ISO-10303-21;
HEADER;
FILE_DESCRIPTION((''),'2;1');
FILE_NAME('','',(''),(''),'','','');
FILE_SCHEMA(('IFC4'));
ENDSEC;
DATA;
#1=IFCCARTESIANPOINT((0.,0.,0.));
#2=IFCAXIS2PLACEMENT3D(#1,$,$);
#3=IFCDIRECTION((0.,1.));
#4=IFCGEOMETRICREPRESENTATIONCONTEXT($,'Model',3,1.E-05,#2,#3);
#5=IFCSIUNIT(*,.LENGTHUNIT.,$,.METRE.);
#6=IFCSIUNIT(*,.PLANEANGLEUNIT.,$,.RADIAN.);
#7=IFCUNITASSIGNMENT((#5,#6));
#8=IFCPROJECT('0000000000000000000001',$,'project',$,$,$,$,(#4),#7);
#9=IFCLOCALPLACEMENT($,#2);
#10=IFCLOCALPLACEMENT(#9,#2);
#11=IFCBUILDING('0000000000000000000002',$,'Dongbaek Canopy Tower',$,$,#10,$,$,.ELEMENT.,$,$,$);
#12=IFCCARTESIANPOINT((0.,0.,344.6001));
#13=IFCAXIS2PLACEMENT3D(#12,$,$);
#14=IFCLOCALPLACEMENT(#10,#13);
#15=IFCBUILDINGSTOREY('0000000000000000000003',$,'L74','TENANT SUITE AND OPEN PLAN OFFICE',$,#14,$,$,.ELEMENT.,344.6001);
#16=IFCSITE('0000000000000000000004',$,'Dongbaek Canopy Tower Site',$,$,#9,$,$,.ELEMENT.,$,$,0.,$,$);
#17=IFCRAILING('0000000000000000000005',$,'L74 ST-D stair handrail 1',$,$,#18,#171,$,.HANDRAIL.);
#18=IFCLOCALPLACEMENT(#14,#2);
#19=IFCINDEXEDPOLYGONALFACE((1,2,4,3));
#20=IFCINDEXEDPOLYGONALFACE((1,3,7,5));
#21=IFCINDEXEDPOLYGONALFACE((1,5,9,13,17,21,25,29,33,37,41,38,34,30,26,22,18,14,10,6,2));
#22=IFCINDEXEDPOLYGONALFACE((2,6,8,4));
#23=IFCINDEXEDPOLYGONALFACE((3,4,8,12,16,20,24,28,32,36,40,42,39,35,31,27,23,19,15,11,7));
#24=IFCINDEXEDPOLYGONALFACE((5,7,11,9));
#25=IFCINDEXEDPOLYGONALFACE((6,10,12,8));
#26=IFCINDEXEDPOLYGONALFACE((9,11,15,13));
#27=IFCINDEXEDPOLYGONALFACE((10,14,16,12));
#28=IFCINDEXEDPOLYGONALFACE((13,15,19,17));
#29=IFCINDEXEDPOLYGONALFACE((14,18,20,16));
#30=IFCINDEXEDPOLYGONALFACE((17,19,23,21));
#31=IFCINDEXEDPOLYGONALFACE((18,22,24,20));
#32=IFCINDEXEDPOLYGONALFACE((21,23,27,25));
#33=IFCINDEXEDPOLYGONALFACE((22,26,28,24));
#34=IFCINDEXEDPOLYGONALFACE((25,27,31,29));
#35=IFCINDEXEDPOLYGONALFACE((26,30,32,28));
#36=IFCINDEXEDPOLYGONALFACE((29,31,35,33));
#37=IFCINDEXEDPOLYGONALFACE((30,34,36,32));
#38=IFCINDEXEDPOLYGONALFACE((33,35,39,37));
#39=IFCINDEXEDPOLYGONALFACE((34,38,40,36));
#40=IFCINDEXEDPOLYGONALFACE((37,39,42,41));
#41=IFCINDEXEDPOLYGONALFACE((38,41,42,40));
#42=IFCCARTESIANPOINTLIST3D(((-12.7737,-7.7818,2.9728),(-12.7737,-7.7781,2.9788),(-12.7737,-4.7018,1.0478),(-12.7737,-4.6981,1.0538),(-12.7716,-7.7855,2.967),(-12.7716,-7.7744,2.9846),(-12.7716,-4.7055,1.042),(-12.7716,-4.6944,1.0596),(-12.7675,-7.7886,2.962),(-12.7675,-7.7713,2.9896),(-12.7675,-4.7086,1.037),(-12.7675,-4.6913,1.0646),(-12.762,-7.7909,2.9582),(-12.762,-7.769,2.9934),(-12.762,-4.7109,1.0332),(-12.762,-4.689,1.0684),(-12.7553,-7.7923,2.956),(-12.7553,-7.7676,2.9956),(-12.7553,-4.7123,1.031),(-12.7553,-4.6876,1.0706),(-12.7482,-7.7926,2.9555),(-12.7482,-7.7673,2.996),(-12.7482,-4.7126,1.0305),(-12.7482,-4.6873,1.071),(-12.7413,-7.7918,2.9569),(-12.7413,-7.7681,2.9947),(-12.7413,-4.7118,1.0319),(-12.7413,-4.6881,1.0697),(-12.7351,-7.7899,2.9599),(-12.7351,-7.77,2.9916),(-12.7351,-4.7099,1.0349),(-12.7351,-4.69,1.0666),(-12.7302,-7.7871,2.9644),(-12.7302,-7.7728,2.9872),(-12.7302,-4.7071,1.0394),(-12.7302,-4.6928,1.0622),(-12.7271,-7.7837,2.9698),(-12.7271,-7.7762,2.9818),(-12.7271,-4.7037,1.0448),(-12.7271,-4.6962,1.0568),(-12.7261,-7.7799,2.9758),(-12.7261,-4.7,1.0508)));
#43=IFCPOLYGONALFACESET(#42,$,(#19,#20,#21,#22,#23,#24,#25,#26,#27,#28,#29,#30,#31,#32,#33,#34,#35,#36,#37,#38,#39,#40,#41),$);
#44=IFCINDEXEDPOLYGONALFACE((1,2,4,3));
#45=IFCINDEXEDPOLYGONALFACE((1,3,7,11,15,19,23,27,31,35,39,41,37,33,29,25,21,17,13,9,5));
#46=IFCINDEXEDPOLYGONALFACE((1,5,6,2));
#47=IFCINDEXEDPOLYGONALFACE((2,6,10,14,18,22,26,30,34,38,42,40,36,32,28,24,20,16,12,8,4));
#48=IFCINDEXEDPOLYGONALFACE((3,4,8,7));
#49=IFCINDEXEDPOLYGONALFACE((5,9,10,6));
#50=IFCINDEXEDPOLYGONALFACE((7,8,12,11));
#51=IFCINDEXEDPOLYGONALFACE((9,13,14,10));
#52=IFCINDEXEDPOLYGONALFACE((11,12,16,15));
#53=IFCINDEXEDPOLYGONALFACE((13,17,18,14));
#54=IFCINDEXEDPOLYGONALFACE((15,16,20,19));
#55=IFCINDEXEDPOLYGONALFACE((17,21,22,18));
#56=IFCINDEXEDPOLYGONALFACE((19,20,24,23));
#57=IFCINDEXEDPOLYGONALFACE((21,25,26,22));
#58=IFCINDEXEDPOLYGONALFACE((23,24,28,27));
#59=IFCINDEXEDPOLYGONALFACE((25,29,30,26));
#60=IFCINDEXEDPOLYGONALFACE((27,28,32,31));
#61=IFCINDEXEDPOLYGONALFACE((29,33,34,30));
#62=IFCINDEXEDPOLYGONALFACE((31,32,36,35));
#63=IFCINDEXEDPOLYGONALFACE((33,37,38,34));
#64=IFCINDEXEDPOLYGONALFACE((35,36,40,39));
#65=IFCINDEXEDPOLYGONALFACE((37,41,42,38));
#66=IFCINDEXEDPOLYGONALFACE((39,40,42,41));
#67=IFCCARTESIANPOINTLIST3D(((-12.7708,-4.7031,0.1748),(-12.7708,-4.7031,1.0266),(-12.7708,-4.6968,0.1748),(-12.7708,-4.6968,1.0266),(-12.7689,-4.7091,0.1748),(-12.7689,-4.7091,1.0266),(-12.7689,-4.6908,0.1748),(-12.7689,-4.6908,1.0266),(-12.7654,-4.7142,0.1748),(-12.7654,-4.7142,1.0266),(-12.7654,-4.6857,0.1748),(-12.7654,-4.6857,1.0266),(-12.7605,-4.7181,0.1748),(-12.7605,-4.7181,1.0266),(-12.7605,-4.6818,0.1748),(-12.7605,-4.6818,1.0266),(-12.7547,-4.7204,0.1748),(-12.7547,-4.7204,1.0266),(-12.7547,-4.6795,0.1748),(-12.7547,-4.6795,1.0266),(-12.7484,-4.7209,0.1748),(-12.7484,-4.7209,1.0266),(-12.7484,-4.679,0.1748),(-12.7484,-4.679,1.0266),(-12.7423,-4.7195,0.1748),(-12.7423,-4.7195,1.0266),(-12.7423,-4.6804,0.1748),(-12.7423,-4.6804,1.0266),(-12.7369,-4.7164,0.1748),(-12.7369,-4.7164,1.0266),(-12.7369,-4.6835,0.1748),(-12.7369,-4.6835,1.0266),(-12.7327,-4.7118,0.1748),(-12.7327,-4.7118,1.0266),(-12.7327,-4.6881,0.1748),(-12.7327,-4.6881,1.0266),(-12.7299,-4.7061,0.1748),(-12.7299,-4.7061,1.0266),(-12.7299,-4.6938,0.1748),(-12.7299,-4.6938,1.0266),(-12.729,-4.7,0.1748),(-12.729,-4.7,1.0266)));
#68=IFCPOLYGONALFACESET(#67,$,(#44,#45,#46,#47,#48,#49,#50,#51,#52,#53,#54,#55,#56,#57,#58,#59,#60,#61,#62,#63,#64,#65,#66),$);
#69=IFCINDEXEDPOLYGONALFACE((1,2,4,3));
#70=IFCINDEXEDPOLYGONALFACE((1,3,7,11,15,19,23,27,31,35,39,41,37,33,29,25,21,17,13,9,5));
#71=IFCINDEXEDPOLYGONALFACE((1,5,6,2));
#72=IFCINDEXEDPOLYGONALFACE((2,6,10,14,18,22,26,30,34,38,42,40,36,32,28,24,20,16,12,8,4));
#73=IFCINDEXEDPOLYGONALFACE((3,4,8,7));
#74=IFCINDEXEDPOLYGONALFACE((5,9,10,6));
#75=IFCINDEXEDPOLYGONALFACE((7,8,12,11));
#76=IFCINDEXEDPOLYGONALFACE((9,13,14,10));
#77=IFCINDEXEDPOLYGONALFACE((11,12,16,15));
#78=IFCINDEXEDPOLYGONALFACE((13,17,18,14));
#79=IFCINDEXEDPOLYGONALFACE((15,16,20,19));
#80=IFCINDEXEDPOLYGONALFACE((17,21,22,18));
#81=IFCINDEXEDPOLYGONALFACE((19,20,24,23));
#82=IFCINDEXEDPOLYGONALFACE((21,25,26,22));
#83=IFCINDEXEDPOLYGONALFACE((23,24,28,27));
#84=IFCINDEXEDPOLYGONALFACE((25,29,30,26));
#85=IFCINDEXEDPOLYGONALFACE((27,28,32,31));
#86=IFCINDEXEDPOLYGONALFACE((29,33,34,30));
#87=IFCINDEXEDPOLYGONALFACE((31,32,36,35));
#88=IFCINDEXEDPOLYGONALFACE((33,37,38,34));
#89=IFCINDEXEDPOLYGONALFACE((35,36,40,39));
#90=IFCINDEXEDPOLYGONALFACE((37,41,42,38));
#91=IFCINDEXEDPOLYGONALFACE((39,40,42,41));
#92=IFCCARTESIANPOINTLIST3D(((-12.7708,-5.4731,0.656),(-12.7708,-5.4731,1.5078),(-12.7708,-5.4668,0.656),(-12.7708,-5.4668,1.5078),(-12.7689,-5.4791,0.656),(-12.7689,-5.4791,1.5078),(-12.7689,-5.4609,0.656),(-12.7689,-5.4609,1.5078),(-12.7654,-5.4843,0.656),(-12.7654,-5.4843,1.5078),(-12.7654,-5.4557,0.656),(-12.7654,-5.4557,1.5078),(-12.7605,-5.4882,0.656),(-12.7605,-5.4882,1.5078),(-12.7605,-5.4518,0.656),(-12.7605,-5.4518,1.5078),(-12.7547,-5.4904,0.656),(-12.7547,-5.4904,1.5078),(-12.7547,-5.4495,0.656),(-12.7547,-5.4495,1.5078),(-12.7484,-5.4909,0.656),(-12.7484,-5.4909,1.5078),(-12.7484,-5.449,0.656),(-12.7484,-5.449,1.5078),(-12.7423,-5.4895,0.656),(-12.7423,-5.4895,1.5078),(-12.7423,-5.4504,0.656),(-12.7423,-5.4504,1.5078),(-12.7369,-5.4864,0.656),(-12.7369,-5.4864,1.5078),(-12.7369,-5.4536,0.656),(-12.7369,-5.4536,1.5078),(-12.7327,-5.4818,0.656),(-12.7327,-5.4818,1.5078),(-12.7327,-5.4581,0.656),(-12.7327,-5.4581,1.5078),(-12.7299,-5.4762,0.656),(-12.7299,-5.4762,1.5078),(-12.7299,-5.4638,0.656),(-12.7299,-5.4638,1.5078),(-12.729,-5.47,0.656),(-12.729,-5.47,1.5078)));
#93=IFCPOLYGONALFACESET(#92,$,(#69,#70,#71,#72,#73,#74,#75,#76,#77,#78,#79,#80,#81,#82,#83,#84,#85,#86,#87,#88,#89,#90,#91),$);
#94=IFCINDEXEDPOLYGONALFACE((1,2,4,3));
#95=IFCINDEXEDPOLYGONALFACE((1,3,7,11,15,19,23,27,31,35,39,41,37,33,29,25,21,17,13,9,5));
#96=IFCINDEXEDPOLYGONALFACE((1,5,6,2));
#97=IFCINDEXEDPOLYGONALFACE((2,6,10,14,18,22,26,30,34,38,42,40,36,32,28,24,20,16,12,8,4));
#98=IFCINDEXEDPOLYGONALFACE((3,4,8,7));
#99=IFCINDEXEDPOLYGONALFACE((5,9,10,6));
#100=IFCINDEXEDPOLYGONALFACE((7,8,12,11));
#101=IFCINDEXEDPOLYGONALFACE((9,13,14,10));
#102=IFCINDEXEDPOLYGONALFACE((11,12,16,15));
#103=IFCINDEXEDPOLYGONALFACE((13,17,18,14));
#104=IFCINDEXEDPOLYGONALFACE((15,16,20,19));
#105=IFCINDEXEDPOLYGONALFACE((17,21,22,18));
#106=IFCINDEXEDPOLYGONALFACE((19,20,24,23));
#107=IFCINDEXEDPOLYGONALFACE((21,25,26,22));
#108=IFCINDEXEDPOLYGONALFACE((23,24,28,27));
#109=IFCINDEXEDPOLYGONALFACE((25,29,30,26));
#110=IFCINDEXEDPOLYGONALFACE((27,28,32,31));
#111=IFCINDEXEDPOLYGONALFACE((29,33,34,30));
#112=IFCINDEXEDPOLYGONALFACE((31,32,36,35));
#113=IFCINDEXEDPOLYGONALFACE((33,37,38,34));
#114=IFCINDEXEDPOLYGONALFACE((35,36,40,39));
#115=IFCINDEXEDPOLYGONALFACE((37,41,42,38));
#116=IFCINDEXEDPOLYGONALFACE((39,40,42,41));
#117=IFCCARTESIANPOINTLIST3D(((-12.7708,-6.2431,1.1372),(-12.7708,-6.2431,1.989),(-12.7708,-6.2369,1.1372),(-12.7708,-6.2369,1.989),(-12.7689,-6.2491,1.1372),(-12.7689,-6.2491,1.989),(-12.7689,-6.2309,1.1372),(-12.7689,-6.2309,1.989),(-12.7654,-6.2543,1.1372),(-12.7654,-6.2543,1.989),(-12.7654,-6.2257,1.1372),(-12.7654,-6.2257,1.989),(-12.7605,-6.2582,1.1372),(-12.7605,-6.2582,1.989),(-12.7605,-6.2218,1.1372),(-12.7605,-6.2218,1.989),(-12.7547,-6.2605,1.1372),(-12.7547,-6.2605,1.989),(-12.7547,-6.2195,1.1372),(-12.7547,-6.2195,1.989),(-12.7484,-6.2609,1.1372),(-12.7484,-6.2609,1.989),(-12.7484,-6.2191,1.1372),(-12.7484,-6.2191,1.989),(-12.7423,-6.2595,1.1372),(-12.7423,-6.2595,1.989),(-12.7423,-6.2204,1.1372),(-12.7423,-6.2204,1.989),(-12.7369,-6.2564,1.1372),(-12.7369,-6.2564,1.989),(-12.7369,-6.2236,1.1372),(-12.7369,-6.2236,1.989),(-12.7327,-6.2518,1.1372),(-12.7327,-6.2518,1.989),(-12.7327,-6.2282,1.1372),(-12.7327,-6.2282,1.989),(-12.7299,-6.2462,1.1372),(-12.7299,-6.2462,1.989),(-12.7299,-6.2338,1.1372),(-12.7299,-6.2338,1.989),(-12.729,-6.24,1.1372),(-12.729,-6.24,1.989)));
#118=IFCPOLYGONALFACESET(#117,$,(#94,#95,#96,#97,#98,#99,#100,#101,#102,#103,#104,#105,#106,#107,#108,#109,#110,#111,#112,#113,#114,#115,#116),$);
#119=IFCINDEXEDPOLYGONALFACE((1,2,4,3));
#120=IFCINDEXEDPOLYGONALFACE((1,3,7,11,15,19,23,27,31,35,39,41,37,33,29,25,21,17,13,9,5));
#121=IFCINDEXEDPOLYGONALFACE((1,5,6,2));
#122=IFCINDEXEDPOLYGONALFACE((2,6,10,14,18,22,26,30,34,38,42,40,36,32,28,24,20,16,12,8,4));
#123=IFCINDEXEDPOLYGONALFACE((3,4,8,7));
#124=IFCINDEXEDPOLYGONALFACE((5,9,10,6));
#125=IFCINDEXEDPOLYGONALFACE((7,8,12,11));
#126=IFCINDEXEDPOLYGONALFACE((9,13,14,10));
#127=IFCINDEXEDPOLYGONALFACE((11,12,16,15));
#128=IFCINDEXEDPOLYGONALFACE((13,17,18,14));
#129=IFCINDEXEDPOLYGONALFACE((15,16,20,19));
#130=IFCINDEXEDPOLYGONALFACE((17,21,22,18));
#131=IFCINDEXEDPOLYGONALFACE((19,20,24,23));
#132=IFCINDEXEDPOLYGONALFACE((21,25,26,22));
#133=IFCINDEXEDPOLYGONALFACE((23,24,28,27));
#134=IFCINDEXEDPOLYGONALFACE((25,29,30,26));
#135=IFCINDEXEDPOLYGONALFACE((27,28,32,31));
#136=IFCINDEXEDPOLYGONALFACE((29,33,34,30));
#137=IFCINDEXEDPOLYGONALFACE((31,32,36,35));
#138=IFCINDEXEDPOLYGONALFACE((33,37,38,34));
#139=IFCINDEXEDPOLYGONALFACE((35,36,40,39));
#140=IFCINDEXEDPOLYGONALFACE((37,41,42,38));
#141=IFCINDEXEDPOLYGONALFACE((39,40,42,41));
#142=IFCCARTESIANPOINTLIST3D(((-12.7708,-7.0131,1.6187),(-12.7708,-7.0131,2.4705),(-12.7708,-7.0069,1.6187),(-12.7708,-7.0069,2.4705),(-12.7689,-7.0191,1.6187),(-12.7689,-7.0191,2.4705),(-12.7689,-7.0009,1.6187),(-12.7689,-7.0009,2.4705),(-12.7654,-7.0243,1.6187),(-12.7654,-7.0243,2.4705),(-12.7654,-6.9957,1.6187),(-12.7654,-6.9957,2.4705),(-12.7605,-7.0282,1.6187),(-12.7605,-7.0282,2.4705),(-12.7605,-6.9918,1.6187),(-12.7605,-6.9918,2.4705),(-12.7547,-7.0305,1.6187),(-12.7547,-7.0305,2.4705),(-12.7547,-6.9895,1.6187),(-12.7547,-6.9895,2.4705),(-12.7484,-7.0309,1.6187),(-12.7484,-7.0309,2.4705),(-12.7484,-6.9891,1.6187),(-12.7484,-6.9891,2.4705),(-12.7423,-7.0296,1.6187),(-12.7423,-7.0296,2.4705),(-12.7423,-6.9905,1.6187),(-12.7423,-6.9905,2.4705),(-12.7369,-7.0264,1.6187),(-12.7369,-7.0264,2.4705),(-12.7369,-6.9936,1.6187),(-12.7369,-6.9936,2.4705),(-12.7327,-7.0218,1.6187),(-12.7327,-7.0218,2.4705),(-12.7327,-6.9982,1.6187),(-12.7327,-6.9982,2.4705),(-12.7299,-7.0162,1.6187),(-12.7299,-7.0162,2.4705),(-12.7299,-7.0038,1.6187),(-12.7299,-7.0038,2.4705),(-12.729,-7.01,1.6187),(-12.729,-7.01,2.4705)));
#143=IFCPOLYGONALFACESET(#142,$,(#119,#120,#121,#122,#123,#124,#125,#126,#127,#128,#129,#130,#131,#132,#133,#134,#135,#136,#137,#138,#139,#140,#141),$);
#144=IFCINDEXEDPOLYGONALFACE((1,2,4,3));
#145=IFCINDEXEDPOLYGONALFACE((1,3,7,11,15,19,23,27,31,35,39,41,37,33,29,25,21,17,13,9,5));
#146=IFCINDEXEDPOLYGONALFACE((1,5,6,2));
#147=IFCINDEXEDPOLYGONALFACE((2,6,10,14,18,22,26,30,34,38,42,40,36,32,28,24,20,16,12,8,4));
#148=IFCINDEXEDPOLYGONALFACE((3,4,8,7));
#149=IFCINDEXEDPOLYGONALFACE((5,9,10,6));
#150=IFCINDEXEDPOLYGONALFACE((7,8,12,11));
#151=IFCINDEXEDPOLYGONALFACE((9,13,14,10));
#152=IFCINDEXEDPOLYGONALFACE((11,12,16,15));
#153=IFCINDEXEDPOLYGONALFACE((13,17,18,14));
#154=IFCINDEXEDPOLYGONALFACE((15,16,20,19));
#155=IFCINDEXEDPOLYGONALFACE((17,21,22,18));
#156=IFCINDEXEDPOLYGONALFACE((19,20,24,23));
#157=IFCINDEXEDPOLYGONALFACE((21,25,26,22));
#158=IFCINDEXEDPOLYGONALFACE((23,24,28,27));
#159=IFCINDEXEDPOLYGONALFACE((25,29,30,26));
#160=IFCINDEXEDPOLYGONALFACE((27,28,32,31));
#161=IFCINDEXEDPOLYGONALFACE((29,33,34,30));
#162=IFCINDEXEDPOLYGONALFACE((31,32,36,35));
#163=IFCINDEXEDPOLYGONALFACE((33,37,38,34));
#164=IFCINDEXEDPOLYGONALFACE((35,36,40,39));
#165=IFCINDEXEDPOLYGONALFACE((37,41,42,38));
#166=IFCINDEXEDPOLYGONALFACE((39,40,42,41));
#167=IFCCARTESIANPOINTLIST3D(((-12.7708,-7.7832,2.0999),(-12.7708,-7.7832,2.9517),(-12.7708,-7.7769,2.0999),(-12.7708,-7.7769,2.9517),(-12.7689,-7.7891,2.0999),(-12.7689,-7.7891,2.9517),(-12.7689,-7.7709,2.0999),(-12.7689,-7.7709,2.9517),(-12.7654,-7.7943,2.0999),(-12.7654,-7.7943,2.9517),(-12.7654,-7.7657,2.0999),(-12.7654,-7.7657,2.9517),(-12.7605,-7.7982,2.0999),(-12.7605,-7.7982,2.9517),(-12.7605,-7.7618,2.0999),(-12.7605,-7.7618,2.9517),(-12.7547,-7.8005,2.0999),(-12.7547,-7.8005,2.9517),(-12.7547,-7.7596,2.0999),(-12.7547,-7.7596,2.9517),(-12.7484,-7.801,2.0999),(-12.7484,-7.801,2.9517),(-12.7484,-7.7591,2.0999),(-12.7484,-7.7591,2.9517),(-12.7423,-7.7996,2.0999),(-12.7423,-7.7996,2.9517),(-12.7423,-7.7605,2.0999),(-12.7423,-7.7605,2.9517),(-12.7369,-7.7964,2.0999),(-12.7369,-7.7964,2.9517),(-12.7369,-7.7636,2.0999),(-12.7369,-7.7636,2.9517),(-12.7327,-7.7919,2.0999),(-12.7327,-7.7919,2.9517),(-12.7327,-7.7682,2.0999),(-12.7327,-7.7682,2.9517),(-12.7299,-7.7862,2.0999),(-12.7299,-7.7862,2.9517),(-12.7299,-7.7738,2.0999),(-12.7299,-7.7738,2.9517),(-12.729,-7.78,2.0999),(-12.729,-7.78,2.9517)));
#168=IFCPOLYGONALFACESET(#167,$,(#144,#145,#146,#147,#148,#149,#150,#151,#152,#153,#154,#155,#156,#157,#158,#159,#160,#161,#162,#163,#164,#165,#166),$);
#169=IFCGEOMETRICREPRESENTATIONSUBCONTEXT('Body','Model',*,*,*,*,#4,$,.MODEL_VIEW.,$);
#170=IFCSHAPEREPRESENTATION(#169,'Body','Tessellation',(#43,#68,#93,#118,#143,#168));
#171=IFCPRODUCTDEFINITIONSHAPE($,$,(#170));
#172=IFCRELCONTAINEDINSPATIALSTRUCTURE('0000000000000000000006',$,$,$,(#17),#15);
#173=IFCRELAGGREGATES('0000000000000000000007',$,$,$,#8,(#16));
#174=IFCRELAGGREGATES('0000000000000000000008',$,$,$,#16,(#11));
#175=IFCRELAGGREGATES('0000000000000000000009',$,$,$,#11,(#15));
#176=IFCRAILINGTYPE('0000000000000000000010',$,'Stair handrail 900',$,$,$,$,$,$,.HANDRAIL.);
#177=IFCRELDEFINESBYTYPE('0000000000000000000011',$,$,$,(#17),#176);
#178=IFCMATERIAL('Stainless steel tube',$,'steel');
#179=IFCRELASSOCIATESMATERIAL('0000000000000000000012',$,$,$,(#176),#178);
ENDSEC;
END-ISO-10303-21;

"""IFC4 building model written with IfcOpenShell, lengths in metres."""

from ifc_helpers import new_model, si_unit, direction, frame, origin, origin_2d, place, context, subcontext, project, spatial, circle, extrude, material, type_object, element, save


model = new_model("IFC4")

# Units and contexts
model_context = context("Model", 3, precision=1e-05, world=origin(), true_north=direction((0.0, 1.0)))
body_context = subcontext(model_context, "Body", "Model", "MODEL_VIEW")
ifc_project = project(units=[si_unit("LENGTHUNIT", "METRE"), si_unit("PLANEANGLEUNIT", "RADIAN")], contexts=[model_context])

# Site, building, storey
site_placement = place(None, origin())
site = spatial("IfcSite", under=ifc_project, at=site_placement, Name="Dongbaek Canopy Tower Site", CompositionType="ELEMENT", RefElevation=0.0)
building_placement = place(site_placement, origin())
building = spatial("IfcBuilding", under=site, at=building_placement, Name="Dongbaek Canopy Tower", CompositionType="ELEMENT")
storey_placement = place(building_placement, frame((0.0, 0.0, 344.6001)))
storey = spatial("IfcBuildingStorey", under=building, at=storey_placement, Name="L74", Description="TENANT SUITE AND OPEN PLAN OFFICE", CompositionType="ELEMENT", Elevation=344.6001)

# Railing
ifc_material_1 = material(Name="Stainless steel tube", Category="steel")
railing_type_1 = type_object("IfcRailingType", Name="Stair handrail 900", PredefinedType="HANDRAIL", material=ifc_material_1)
railing_1_placement = place(storey_placement, frame((-12.75, -4.7, 0.1748)))
element("IfcRailing", 1, at=railing_1_placement, inside=storey, type_object=railing_type_1, Name="L74 ST-D stair handrail 1", PredefinedType="HANDRAIL", context=body_context, shape_type="SweptSolid", body=[
    extrude(circle(Radius=0.0239, at=origin_2d()), frame((0.0, 0.0, 0.876), z_axis=(0.0, -0.847998, 0.529999), x_axis=(1.0, 0.0, 0.0)), (0.0, 0.0, 1.0), 3.6321),
    extrude(circle(Radius=0.021, at=origin_2d()), origin(), (0.0, 0.0, 1.0), 0.8518),
    extrude(circle(Radius=0.021, at=origin_2d()), frame((0.0, -0.77, 0.4812)), (0.0, 0.0, 1.0), 0.8518),
    extrude(circle(Radius=0.021, at=origin_2d()), frame((0.0, -1.54, 0.9624)), (0.0, 0.0, 1.0), 0.8518),
    extrude(circle(Radius=0.021, at=origin_2d()), frame((0.0, -2.3101, 1.4438)), (0.0, 0.0, 1.0), 0.8518),
    extrude(circle(Radius=0.021, at=origin_2d()), frame((0.0, -3.0801, 1.925)), (0.0, 0.0, 1.0), 0.8518),
])

save(model, "model.ifc")
